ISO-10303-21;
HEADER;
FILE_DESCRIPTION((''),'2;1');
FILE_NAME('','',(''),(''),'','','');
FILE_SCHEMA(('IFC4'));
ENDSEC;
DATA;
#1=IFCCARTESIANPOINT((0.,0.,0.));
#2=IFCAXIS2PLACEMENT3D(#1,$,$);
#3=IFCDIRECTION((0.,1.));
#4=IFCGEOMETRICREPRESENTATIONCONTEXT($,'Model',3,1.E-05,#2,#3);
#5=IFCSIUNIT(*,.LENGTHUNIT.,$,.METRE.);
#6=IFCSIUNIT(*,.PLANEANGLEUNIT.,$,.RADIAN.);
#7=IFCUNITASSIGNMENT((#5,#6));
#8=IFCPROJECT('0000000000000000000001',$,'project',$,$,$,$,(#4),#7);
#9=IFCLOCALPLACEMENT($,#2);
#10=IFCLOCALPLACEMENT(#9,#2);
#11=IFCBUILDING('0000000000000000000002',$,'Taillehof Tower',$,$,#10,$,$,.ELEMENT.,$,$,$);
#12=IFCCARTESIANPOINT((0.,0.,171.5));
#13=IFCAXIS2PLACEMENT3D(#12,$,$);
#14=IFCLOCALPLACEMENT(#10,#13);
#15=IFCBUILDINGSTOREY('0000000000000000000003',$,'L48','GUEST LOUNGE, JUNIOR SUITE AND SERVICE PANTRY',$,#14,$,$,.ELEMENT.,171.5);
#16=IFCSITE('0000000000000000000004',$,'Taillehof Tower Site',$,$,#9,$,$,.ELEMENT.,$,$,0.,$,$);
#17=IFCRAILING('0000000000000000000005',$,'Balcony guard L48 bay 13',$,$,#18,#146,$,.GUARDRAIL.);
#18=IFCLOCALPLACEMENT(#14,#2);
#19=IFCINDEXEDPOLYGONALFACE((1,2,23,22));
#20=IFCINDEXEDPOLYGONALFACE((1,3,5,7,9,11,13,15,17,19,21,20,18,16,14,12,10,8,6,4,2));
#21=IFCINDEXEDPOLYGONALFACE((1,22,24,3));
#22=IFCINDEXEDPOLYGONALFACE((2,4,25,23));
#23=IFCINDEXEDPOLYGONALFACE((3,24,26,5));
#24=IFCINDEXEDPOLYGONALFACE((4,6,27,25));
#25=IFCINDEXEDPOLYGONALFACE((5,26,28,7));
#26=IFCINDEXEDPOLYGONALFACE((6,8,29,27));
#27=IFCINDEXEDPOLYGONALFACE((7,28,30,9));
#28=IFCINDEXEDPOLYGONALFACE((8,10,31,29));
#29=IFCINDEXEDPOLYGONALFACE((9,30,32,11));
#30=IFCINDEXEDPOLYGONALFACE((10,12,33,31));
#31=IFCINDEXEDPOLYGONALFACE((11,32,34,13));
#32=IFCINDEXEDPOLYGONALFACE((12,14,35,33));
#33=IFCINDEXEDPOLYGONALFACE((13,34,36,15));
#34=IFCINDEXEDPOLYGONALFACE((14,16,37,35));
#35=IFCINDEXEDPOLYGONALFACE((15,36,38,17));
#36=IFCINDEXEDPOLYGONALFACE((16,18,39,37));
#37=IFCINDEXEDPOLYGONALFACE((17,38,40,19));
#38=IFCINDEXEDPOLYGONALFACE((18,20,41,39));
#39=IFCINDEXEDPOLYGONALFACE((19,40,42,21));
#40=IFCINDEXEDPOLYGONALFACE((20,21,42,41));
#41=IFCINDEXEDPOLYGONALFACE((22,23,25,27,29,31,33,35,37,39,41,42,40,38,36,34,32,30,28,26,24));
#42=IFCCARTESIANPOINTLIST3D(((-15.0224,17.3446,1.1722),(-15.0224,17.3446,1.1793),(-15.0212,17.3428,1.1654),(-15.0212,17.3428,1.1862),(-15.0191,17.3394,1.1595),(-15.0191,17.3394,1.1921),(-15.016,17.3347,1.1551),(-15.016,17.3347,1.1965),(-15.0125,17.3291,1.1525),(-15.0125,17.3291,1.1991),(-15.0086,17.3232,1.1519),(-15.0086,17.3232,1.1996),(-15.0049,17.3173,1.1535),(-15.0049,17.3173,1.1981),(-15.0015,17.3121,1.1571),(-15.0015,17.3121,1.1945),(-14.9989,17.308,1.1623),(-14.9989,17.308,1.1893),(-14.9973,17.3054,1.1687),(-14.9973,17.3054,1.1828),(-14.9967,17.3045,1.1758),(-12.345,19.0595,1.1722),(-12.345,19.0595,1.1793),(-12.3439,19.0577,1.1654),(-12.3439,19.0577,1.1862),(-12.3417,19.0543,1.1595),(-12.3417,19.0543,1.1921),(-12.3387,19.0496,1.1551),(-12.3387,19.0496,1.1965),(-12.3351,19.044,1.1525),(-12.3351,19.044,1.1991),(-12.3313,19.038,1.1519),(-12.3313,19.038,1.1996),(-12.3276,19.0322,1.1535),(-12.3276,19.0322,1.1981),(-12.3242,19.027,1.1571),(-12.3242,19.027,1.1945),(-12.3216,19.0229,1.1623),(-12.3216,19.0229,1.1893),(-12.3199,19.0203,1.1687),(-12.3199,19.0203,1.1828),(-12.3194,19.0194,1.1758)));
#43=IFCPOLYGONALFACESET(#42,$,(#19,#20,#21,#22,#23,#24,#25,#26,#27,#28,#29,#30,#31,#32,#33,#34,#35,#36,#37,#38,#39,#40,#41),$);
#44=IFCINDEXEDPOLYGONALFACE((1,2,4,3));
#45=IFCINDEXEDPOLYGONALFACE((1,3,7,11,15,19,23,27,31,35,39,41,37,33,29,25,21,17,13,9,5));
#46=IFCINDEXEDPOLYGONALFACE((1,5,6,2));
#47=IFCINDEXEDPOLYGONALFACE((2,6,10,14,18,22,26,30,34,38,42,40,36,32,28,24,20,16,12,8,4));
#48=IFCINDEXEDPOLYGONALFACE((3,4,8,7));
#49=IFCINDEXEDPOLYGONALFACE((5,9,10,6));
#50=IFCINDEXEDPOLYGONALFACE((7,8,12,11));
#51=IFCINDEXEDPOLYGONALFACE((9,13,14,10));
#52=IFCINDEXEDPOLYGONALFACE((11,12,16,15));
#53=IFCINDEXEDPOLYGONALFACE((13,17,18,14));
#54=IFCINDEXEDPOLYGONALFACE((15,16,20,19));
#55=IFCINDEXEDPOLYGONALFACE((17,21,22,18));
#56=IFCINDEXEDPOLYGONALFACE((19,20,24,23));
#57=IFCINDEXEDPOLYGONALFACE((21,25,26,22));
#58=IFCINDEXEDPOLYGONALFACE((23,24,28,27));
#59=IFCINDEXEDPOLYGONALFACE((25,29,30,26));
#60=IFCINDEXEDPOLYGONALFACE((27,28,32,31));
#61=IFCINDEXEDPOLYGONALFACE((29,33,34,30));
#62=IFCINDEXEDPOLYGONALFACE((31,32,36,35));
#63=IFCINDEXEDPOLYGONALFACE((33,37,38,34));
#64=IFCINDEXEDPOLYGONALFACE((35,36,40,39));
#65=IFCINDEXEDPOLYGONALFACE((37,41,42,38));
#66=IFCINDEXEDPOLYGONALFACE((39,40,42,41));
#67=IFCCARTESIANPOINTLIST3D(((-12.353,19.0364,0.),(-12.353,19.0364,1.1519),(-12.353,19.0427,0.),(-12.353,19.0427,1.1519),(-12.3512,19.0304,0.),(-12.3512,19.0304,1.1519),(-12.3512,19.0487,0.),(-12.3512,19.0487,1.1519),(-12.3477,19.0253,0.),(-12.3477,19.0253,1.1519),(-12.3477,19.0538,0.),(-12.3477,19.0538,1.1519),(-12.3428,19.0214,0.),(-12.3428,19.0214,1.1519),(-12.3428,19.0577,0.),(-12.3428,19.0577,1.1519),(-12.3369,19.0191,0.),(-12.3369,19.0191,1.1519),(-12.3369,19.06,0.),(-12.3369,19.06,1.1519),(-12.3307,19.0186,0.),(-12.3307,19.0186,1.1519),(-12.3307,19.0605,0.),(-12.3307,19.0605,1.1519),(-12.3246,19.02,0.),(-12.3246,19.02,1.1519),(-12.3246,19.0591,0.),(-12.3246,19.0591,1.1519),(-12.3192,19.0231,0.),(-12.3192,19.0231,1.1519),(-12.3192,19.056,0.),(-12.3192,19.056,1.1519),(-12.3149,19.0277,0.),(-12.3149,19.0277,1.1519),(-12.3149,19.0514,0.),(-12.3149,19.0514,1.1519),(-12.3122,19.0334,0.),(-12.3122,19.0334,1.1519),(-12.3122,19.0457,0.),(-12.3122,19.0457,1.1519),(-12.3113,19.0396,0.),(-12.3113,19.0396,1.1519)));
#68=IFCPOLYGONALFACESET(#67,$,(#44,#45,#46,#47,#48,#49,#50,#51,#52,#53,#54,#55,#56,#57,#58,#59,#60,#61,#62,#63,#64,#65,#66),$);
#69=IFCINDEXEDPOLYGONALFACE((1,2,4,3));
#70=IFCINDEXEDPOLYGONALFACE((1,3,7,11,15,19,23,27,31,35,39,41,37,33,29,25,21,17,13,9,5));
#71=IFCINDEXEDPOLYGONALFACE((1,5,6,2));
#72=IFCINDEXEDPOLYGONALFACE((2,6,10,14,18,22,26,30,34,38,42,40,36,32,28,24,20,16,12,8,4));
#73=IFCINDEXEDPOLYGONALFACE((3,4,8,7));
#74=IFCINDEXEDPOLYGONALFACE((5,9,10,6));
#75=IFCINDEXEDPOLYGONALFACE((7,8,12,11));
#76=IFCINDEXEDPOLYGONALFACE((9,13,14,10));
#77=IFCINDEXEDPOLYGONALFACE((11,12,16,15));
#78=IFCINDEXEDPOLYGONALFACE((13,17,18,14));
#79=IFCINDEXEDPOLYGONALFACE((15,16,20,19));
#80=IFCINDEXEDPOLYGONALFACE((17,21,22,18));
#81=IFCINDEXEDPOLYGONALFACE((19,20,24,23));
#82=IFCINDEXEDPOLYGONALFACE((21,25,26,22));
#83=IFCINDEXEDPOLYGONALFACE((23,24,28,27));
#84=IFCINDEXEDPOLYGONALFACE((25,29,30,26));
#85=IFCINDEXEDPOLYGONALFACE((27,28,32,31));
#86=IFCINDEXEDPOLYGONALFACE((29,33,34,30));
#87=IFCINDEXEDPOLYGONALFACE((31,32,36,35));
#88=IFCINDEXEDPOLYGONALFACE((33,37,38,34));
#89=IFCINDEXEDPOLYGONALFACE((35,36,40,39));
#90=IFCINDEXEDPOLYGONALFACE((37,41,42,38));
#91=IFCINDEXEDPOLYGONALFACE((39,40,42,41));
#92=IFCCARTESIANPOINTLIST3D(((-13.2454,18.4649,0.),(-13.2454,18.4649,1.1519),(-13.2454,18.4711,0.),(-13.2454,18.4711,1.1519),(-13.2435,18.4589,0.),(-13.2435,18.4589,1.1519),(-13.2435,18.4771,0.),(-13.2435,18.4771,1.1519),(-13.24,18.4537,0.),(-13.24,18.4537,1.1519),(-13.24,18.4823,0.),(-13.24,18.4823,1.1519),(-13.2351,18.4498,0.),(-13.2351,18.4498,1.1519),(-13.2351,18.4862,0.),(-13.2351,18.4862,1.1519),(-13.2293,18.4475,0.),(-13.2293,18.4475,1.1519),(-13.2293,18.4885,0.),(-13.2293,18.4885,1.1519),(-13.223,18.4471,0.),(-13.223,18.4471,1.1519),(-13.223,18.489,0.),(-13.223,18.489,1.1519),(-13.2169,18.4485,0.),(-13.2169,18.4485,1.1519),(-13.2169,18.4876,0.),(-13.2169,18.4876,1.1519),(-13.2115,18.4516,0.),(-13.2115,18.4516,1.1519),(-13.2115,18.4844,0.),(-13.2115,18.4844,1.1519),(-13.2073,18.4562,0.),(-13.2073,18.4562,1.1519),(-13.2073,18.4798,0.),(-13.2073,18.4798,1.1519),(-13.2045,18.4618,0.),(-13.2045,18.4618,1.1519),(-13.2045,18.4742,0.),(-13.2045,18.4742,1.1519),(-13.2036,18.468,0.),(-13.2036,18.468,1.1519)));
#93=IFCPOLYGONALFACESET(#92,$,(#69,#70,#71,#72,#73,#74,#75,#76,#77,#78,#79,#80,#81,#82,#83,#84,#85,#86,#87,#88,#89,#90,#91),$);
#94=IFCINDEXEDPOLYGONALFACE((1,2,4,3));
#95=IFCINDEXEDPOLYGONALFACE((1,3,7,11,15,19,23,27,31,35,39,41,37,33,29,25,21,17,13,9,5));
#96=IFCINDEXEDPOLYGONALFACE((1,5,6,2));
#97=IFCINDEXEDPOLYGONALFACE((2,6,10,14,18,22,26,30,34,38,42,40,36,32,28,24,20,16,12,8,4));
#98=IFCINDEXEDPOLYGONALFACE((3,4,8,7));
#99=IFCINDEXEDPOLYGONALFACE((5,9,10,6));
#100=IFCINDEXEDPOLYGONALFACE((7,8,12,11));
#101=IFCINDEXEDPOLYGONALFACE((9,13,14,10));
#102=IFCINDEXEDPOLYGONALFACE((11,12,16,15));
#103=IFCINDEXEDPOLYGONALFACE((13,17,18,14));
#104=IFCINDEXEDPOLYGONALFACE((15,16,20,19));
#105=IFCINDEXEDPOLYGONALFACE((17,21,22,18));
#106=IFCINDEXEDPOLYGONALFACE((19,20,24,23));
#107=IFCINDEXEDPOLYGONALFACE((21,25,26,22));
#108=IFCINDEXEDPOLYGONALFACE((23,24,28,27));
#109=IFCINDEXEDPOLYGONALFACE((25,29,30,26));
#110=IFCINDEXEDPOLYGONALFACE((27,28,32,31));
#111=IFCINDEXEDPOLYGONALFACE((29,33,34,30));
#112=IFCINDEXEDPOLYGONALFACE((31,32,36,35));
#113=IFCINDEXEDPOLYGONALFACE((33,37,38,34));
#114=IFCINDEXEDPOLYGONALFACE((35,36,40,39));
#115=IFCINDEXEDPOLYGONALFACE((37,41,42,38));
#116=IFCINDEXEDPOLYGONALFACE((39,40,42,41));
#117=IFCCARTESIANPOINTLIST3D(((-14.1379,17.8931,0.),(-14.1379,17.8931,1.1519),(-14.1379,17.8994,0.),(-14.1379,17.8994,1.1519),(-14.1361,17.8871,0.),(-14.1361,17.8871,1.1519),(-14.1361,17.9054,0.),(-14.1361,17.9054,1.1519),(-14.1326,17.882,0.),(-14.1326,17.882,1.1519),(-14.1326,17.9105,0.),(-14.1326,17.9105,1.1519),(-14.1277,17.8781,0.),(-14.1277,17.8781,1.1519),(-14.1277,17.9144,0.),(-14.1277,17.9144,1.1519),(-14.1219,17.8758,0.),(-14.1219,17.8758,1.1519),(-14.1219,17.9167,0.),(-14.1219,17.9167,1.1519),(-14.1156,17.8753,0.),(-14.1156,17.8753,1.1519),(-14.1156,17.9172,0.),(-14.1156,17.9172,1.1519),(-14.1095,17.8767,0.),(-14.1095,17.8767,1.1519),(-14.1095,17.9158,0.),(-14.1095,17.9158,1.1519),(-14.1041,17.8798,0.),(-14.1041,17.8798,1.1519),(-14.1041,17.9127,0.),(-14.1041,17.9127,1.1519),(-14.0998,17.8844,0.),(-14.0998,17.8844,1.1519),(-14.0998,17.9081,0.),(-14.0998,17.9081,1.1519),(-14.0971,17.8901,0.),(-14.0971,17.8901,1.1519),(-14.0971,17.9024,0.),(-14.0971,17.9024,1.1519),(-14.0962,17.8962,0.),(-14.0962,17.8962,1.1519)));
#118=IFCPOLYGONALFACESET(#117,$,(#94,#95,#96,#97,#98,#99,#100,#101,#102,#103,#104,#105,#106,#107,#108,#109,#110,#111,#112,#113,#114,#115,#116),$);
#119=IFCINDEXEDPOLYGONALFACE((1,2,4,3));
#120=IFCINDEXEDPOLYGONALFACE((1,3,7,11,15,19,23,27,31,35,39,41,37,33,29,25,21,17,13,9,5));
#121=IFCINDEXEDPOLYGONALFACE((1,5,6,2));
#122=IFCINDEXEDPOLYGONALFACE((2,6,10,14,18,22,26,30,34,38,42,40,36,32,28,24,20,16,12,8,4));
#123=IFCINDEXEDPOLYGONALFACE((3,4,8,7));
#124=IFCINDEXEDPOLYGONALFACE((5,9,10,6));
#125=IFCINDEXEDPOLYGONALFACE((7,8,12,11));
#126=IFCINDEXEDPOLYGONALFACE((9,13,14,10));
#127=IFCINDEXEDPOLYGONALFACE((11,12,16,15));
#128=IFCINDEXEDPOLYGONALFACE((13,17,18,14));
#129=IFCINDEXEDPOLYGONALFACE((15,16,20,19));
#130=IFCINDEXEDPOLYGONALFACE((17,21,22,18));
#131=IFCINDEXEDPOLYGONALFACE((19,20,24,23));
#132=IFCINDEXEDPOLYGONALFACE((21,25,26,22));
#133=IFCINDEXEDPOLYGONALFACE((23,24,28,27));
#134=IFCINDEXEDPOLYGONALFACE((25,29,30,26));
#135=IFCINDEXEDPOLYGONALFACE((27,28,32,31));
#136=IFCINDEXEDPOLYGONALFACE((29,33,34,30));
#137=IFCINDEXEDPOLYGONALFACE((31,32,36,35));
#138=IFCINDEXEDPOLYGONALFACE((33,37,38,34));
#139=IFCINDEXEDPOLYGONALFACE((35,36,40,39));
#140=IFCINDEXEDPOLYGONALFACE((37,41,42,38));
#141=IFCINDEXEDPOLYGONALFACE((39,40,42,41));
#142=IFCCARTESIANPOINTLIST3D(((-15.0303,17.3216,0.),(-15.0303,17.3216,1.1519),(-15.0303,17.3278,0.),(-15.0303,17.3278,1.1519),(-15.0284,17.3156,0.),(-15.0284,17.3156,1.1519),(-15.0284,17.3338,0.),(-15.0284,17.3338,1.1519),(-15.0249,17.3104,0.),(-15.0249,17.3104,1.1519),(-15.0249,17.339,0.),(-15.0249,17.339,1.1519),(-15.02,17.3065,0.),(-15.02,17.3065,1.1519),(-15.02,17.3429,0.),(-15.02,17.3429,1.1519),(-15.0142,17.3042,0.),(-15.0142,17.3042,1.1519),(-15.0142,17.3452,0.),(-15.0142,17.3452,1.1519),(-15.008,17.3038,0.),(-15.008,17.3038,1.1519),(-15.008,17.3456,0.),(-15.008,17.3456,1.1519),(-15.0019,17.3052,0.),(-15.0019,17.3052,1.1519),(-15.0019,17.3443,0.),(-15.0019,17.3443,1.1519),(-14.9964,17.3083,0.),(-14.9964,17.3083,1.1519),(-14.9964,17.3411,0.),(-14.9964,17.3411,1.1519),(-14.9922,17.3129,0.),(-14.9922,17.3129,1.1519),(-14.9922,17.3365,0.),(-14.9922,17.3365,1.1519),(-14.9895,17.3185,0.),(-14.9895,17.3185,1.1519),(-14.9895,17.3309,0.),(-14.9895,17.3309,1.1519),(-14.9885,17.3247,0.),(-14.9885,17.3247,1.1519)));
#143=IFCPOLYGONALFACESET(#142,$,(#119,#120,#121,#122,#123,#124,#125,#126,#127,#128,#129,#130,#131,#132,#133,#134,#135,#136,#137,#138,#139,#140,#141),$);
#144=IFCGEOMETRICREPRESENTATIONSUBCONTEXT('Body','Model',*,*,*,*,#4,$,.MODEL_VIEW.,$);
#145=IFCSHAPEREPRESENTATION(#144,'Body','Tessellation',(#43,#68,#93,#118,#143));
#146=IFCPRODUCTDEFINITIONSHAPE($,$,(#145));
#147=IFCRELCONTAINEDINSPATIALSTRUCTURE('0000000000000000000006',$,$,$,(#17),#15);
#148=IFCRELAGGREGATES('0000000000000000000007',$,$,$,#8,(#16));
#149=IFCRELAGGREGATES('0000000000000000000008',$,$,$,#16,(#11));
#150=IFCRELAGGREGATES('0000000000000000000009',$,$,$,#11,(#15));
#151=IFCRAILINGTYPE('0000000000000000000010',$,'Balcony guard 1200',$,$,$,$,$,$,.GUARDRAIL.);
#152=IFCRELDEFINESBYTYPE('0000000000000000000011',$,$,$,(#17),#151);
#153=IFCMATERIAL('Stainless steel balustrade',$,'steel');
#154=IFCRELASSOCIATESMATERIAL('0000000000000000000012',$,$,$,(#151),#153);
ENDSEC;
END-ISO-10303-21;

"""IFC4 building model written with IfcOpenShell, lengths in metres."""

from ifc_helpers import new_model, si_unit, direction, frame, origin, origin_2d, place, context, subcontext, project, spatial, circle, extrude, material, type_object, element, save


model = new_model("IFC4")

# Units and contexts
model_context = context("Model", 3, precision=1e-05, world=origin(), true_north=direction((0.0, 1.0)))
body_context = subcontext(model_context, "Body", "Model", "MODEL_VIEW")
ifc_project = project(units=[si_unit("LENGTHUNIT", "METRE"), si_unit("PLANEANGLEUNIT", "RADIAN")], contexts=[model_context])

# Site, building, storey
site_placement = place(None, origin())
site = spatial("IfcSite", under=ifc_project, at=site_placement, Name="Taillehof Tower Site", CompositionType="ELEMENT", RefElevation=0.0)
building_placement = place(site_placement, origin())
building = spatial("IfcBuilding", under=site, at=building_placement, Name="Taillehof Tower", CompositionType="ELEMENT")
storey_placement = place(building_placement, frame((0.0, 0.0, 171.5)))
storey = spatial("IfcBuildingStorey", under=building, at=storey_placement, Name="L48", Description="GUEST LOUNGE, JUNIOR SUITE AND SERVICE PANTRY", CompositionType="ELEMENT", Elevation=171.5)

# Railing
ifc_material_1 = material(Name="Stainless steel balustrade", Category="steel")
railing_type = type_object("IfcRailingType", Name="Balcony guard 1200", PredefinedType="GUARDRAIL", material=ifc_material_1)
railing_1_placement = place(storey_placement, frame((-12.3323, 19.0396, 0.0)))
element("IfcRailing", 1, at=railing_1_placement, inside=storey, type_object=railing_type, Name="Balcony guard L48 bay 13", PredefinedType="GUARDRAIL", context=body_context, shape_type="SweptSolid", body=[
    extrude(circle(Radius=0.0239, at=origin_2d()), frame((0.0, 0.0, 1.1758), z_axis=(-0.842071, -0.539367, 0.0), x_axis=(0.539367, -0.842071, 0.0)), (0.0, 0.0, 1.0), 3.1794),
    extrude(circle(Radius=0.021, at=origin_2d()), origin(), (0.0, 0.0, 1.0), 1.1519),
    extrude(circle(Radius=0.021, at=origin_2d()), frame((-0.8923, -0.5715, 0.0)), (0.0, 0.0, 1.0), 1.1519),
    extrude(circle(Radius=0.021, at=origin_2d()), frame((-1.7849, -1.1433, 0.0)), (0.0, 0.0, 1.0), 1.1519),
    extrude(circle(Radius=0.021, at=origin_2d()), frame((-2.6772, -1.7148, 0.0)), (0.0, 0.0, 1.0), 1.1519),
])

save(model, "model.ifc")
